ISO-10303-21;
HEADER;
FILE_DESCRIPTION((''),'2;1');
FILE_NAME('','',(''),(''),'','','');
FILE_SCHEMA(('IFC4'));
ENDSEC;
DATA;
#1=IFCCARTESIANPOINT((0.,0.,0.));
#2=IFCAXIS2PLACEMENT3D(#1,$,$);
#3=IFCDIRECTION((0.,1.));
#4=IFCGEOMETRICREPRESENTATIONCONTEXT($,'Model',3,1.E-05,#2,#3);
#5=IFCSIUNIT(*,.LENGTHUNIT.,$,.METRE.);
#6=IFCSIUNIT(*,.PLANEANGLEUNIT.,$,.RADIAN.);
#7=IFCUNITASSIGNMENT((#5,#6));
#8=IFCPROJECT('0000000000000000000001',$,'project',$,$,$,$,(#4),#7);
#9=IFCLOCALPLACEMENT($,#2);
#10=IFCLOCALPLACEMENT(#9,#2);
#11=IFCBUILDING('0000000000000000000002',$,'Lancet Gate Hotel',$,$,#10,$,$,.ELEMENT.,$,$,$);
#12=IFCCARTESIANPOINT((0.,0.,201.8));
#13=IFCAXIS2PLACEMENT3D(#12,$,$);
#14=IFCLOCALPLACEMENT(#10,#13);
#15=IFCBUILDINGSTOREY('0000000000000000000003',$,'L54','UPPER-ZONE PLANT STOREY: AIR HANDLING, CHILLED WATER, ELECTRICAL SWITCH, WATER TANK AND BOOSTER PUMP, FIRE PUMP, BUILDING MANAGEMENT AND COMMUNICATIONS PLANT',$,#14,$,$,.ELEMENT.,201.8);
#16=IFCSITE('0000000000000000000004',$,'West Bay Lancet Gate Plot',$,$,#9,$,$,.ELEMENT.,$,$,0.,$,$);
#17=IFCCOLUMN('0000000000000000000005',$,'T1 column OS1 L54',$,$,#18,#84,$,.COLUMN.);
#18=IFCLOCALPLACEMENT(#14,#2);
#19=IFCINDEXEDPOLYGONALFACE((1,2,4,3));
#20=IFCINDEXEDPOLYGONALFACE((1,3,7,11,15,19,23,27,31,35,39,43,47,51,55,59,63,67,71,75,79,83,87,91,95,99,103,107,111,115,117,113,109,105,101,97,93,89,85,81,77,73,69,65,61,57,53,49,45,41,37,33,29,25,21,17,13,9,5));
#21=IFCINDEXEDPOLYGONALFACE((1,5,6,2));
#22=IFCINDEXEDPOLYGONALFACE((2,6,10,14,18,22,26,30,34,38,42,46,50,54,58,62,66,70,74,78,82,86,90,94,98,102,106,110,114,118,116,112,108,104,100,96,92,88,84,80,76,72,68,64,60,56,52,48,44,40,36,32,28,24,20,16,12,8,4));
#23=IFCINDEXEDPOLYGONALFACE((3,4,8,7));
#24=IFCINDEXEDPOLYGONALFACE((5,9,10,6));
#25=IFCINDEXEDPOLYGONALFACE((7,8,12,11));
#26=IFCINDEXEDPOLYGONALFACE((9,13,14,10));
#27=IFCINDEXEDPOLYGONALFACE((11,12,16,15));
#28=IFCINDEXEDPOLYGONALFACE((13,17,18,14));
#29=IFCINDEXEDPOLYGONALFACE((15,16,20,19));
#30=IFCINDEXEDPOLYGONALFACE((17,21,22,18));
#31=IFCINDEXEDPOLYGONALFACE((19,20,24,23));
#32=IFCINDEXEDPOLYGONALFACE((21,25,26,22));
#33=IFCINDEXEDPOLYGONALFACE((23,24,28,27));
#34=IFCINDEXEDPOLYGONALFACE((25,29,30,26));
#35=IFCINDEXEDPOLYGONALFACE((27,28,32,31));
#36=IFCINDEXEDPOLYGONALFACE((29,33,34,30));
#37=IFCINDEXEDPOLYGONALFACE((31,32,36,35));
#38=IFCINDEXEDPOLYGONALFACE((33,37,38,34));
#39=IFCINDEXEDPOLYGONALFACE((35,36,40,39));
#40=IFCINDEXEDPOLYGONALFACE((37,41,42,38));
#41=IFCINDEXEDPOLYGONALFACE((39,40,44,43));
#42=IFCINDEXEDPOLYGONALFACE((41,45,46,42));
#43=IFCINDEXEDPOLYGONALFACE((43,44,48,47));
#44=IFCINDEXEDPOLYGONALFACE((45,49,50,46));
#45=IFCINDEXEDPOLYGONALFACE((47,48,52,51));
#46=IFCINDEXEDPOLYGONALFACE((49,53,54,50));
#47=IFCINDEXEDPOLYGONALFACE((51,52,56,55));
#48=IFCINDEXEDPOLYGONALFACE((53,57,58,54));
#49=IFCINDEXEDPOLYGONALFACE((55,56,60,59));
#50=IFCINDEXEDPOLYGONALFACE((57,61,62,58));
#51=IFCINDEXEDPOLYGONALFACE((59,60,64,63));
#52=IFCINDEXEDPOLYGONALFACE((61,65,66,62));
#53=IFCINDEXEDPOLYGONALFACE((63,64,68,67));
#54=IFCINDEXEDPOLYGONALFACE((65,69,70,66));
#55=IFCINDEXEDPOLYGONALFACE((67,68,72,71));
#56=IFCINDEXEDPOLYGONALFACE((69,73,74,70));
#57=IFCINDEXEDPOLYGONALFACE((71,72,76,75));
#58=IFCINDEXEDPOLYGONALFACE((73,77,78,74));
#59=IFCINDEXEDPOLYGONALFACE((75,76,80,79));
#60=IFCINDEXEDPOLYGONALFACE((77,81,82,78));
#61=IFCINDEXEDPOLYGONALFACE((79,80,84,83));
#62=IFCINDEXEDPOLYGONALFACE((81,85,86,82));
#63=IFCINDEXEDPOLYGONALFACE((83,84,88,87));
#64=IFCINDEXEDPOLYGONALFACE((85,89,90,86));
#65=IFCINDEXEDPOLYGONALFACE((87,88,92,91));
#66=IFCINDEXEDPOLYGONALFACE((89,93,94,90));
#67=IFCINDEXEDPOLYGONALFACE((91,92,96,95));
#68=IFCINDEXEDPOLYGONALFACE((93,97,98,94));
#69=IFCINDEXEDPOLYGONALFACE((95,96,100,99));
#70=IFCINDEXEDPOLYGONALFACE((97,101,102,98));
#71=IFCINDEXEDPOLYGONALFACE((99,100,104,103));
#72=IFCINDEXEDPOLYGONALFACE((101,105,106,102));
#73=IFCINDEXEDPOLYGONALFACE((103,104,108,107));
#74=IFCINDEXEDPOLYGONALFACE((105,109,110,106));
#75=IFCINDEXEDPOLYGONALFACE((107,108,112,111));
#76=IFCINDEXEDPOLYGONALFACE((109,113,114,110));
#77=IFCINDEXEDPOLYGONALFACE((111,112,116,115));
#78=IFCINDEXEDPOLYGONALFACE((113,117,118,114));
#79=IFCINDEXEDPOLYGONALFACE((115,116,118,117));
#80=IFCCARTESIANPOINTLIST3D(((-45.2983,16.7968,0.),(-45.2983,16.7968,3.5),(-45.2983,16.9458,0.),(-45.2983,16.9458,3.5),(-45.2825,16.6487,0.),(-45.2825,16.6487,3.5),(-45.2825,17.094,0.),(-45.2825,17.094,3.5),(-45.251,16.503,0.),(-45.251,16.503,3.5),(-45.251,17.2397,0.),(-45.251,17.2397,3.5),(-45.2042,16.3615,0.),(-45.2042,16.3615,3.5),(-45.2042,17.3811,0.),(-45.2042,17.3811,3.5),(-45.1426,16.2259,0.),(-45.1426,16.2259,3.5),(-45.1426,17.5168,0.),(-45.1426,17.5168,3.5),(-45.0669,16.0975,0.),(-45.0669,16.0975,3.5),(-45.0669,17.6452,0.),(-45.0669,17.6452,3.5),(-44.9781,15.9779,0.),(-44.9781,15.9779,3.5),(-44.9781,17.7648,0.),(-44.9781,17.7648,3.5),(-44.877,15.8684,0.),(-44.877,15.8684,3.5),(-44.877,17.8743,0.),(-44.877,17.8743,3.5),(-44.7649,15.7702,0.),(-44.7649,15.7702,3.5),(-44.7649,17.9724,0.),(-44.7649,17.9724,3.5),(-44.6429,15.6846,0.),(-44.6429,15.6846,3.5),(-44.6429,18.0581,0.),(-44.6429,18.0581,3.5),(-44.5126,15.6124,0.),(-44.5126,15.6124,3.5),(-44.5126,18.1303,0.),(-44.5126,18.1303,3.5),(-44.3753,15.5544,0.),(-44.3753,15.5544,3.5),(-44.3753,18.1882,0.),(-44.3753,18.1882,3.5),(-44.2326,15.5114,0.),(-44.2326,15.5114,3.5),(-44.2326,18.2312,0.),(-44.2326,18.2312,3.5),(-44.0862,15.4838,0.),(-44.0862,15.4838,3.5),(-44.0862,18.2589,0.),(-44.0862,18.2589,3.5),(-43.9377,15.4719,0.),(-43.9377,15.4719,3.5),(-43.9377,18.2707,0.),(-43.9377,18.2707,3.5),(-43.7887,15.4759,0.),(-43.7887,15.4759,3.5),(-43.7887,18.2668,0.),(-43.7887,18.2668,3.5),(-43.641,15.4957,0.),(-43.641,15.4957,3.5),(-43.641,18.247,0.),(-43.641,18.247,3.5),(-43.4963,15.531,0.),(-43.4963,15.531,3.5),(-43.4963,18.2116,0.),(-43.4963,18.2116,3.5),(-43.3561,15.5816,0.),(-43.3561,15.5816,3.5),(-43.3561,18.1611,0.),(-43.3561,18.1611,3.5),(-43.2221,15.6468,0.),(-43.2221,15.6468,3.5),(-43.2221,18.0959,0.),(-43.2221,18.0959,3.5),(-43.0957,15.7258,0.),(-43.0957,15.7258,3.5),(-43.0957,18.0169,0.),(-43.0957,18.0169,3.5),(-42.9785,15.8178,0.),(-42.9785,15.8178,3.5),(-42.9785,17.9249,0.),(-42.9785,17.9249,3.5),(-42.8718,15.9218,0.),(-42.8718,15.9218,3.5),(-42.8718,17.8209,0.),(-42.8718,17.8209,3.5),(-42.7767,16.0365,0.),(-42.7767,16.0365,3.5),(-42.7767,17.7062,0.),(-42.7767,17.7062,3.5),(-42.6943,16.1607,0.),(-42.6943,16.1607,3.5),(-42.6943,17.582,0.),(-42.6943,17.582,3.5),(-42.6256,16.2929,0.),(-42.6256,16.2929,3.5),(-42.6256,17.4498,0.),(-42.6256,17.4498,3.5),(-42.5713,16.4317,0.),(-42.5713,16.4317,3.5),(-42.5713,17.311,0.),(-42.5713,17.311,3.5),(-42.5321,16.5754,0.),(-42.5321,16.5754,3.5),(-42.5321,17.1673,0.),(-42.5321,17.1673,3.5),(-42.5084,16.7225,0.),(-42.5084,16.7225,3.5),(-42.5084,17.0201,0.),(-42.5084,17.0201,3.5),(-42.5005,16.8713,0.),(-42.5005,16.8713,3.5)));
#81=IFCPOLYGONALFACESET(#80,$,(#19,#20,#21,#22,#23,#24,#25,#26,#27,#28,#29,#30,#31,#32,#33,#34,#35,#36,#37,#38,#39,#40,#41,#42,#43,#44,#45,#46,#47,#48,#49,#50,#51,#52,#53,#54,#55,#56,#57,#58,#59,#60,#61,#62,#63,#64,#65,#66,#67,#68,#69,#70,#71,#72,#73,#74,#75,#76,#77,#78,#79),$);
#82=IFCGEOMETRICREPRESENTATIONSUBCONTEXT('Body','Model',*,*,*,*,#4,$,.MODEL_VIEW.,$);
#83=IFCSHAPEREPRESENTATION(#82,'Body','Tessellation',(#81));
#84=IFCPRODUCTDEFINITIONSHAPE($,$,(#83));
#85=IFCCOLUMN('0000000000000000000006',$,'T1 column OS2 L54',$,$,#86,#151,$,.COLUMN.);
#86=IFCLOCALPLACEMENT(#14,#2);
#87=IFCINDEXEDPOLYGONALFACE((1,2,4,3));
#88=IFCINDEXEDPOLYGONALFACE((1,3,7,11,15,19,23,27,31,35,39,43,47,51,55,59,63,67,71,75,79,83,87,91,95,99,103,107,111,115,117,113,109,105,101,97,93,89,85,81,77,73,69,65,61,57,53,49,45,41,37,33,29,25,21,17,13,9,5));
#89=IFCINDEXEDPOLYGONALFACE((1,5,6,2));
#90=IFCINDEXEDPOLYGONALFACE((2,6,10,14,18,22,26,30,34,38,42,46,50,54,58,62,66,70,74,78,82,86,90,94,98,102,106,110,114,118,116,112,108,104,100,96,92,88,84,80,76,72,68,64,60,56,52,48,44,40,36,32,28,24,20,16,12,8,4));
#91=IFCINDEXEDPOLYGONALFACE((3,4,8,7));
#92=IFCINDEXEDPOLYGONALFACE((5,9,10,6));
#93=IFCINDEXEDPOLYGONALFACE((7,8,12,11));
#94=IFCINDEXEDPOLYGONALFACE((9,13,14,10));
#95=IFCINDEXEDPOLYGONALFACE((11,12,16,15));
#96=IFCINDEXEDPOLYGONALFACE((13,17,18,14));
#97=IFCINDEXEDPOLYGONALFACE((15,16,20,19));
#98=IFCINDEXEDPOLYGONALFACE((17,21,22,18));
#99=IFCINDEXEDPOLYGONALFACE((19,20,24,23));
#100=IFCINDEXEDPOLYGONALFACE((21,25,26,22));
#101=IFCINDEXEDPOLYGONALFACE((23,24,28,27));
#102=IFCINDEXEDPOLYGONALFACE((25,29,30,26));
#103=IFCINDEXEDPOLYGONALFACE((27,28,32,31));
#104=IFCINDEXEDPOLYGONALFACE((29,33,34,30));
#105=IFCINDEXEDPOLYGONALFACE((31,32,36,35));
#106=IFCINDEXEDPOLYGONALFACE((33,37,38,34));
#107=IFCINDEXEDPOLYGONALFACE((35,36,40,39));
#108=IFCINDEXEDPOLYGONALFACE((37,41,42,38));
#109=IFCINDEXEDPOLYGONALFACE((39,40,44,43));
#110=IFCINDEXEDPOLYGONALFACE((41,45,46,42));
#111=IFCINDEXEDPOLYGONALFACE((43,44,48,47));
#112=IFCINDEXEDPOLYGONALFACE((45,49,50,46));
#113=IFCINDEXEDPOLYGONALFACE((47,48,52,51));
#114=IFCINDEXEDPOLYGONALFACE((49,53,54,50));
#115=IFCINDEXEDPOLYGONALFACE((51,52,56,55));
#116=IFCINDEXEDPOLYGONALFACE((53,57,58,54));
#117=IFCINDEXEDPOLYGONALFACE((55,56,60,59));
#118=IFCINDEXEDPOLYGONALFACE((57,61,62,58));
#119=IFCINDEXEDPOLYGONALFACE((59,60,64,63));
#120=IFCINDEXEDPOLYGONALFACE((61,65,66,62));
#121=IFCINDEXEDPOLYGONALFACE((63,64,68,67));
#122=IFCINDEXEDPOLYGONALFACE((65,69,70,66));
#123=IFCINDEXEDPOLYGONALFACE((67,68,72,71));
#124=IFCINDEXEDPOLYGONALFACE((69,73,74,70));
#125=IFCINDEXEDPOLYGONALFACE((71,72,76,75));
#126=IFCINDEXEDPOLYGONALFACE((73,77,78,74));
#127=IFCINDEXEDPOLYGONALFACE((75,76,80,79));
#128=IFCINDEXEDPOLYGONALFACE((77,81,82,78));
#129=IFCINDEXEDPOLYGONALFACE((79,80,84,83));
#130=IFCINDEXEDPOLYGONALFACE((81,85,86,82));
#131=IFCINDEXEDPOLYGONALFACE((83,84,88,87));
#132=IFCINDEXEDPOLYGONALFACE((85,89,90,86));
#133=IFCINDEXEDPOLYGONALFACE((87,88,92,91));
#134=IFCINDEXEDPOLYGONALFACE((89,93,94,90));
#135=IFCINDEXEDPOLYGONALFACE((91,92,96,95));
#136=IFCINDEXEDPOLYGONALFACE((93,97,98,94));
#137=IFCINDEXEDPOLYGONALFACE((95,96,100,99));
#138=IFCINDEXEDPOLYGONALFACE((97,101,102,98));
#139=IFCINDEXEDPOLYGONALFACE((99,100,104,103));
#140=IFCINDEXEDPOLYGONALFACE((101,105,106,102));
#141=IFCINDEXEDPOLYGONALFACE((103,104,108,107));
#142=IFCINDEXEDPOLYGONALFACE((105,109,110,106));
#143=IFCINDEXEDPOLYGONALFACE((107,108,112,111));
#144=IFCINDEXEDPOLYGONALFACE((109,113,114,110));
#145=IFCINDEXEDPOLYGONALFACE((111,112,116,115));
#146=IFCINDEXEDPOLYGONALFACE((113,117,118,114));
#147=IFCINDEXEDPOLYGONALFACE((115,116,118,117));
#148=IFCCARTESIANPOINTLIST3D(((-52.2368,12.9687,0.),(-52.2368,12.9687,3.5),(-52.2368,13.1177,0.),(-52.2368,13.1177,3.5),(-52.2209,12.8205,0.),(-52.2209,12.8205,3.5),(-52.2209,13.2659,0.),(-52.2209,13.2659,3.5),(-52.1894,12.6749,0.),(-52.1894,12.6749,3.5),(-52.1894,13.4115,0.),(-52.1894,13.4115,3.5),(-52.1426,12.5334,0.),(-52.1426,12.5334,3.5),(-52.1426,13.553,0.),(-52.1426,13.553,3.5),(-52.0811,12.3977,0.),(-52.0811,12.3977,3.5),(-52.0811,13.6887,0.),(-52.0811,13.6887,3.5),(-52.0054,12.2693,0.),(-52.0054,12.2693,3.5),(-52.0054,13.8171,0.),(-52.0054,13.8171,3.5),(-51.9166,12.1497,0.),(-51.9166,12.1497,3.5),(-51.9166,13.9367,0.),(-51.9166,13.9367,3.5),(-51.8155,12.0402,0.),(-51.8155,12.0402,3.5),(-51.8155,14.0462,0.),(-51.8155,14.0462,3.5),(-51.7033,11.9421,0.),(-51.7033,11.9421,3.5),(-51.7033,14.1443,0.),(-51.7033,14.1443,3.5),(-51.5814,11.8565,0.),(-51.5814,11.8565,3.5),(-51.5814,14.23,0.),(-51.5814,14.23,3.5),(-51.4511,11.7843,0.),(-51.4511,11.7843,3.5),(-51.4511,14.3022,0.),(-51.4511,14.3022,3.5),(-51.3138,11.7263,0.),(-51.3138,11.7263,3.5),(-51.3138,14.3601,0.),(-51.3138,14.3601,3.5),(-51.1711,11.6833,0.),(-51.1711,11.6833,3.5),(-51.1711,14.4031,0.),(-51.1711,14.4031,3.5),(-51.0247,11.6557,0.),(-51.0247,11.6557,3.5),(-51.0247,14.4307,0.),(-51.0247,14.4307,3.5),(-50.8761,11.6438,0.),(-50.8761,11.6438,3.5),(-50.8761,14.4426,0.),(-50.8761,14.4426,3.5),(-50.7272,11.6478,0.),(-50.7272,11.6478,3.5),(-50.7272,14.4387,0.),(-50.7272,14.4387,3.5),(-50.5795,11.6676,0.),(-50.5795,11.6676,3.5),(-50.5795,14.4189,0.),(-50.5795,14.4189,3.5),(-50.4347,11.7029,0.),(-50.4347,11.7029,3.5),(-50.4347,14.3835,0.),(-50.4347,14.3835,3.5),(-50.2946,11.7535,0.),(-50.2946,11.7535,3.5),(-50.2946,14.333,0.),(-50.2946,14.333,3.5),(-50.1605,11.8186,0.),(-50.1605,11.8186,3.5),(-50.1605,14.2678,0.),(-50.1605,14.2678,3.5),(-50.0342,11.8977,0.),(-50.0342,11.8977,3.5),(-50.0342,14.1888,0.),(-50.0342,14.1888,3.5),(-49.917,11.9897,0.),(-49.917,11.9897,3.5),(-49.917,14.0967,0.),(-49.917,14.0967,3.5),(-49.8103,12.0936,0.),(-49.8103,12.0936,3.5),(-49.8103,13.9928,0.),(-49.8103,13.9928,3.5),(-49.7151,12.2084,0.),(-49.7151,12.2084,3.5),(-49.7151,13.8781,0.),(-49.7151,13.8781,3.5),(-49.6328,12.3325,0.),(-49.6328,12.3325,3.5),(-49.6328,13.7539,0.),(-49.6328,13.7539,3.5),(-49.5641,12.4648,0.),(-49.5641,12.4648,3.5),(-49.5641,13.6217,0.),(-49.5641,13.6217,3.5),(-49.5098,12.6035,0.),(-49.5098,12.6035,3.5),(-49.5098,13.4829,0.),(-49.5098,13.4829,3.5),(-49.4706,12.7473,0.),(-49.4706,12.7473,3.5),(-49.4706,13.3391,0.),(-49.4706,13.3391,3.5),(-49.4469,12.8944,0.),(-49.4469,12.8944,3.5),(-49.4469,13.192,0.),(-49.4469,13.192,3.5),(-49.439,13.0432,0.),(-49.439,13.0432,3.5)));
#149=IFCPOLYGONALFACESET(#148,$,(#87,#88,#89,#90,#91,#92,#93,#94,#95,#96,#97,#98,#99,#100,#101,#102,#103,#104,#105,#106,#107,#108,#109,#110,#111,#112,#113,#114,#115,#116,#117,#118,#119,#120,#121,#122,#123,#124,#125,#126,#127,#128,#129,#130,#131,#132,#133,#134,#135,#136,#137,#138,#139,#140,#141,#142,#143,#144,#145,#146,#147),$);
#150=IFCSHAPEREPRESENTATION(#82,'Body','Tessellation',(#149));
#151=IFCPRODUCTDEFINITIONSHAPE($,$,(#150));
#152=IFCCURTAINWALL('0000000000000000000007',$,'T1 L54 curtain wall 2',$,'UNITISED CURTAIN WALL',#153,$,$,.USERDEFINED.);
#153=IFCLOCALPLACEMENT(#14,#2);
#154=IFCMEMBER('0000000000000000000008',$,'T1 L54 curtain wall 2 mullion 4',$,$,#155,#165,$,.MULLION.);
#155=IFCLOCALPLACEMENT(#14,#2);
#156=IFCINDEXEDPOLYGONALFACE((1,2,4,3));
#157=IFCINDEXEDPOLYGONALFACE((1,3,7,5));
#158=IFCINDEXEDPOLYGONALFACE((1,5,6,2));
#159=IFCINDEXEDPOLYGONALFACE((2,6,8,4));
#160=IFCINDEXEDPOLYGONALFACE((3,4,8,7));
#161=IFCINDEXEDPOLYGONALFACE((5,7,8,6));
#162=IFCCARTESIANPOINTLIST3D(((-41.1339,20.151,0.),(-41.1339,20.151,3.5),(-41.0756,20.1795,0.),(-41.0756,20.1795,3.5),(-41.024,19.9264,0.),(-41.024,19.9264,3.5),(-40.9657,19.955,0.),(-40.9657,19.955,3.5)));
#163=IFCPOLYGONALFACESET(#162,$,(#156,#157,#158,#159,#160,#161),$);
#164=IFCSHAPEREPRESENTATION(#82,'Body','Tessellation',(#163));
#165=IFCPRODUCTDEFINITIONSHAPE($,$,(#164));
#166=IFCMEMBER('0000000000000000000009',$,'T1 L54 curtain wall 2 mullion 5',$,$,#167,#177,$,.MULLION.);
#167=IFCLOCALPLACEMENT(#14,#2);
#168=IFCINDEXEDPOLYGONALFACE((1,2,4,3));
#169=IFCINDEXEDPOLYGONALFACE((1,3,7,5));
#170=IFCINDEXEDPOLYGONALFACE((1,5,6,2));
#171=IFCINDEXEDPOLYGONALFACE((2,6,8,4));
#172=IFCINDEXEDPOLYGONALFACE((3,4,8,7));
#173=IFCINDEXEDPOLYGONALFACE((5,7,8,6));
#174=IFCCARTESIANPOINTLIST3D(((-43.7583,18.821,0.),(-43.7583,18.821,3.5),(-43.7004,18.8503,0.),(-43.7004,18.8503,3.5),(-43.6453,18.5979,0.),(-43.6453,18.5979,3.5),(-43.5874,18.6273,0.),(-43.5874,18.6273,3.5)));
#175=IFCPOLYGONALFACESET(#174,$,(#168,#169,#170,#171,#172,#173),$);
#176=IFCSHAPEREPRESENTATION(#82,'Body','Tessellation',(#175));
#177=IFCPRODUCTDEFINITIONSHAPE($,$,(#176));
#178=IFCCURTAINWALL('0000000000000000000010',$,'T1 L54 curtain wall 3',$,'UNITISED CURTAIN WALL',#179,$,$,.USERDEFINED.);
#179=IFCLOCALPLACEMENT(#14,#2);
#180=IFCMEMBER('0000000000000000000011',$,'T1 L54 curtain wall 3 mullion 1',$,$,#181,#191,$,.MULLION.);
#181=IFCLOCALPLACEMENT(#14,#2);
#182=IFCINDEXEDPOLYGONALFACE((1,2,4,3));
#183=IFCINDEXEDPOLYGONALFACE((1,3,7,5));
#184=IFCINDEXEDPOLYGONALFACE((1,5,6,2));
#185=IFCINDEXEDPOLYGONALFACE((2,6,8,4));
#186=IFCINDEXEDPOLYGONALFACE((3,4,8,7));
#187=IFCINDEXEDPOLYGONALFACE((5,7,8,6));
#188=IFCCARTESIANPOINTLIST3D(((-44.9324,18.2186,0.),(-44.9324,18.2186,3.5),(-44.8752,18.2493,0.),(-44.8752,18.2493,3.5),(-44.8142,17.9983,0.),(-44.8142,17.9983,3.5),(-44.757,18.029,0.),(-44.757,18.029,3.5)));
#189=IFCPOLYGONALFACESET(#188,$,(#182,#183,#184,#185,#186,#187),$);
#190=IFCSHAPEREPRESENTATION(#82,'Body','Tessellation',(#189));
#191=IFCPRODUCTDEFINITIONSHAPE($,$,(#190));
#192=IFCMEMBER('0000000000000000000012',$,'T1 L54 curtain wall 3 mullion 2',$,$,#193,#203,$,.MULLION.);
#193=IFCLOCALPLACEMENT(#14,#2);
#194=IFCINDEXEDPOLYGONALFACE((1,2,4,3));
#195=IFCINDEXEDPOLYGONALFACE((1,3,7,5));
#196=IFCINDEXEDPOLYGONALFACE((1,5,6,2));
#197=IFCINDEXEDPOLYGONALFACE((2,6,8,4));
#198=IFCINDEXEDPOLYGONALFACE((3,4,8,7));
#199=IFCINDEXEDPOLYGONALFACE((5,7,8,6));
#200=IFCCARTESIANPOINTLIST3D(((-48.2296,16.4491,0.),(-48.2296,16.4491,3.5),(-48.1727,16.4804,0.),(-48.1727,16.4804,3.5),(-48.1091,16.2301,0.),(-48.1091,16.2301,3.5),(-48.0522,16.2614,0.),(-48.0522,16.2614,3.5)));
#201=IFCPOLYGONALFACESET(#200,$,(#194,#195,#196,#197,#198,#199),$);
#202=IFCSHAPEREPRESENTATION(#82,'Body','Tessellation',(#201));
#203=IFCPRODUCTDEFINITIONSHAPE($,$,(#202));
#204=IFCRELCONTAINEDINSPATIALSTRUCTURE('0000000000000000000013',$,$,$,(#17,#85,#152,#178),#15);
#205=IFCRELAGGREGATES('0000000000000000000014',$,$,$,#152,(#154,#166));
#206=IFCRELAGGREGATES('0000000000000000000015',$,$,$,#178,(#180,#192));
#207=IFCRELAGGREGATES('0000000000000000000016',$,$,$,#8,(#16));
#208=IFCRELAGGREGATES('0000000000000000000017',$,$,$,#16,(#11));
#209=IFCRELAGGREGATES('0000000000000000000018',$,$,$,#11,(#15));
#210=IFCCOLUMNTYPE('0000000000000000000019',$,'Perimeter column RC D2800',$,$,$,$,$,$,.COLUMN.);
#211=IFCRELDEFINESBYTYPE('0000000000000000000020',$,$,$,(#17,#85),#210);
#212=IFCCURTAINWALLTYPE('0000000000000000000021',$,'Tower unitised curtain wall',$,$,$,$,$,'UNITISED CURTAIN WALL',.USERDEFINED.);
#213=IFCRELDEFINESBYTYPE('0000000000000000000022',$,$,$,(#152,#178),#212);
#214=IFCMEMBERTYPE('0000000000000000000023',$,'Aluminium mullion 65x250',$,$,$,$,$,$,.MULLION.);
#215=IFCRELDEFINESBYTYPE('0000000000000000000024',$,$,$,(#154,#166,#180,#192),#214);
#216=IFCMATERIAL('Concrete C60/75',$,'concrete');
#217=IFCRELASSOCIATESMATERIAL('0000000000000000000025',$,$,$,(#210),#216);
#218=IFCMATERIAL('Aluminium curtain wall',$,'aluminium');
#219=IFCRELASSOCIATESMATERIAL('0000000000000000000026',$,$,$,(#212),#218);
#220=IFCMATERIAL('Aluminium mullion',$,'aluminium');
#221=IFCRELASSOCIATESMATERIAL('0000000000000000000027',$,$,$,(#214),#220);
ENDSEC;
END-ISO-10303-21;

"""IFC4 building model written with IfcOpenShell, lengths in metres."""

from ifc_helpers import new_model, si_unit, direction, frame, origin, origin_2d, place, context, subcontext, project, spatial, rectangle, circle, extrude, material, material_profile, profile_set, type_object, element, aggregate, save


model = new_model("IFC4")

# Units and contexts
model_context = context("Model", 3, precision=1e-05, world=origin(), true_north=direction((0.0, 1.0)))
body_context = subcontext(model_context, "Body", "Model", "MODEL_VIEW")
ifc_project = project(units=[si_unit("LENGTHUNIT", "METRE"), si_unit("PLANEANGLEUNIT", "RADIAN")], contexts=[model_context])

# Site, building, storey
site_placement = place(None, origin())
site = spatial("IfcSite", under=ifc_project, at=site_placement, Name="West Bay Lancet Gate Plot", CompositionType="ELEMENT", RefElevation=0.0)
building_placement = place(site_placement, origin())
building = spatial("IfcBuilding", under=site, at=building_placement, Name="Lancet Gate Hotel", CompositionType="ELEMENT")
storey_placement = place(building_placement, frame((0.0, 0.0, 201.8)))
storey = spatial("IfcBuildingStorey", under=building, at=storey_placement, Name="L54", Description="UPPER-ZONE PLANT STOREY: AIR HANDLING, CHILLED WATER, ELECTRICAL SWITCH, WATER TANK AND BOOSTER PUMP, FIRE PUMP, BUILDING MANAGEMENT AND COMMUNICATIONS PLANT", CompositionType="ELEMENT", Elevation=201.8)

# Columns
ifc_material_1 = material(Name="Concrete C60/75", Category="concrete")
ifc_material_profile_1 = material_profile(ifc_material_1, circle(Radius=1.3999, at=origin_2d()), Name="RC D2800")
ifc_profile_set_1 = profile_set([ifc_material_profile_1], Name="Concrete C60/75")
column_type = type_object("IfcColumnType", Name="Perimeter column RC D2800", PredefinedType="COLUMN", material=ifc_profile_set_1)
for number, where, z_axis, x_axis, name in (
    (1, (-43.9004, 16.8713, 0.0), (0.0, 0.0, 1.0), (1.0, 0.0, 0.0), "T1 column OS1 L54"),
    (2, (-50.8389, 13.0432, 0.0), (0.0, 0.0, 1.0), (1.0, 0.0, 0.0), "T1 column OS2 L54"),
):
    element("IfcColumn", number, at=place(storey_placement, frame(where, z_axis=z_axis, x_axis=x_axis)), inside=storey, type_object=column_type, Name=name, PredefinedType="COLUMN", context=body_context, shape_type="SweptSolid", body=[
        extrude(circle(Radius=1.3999, at=origin_2d()), origin(), (0.0, 0.0, 1.0), 3.5),
    ])

# Curtain walls, members
ifc_material_2 = material(Name="Aluminium curtain wall", Category="aluminium")
curtain_wall_type = type_object("IfcCurtainWallType", Name="Tower unitised curtain wall", ElementType="UNITISED CURTAIN WALL", PredefinedType="USERDEFINED", material=ifc_material_2)
curtain_wall_1_placement = place(storey_placement, origin())
curtain_wall_1 = element("IfcCurtainWall", 3, at=curtain_wall_1_placement, inside=storey, type_object=curtain_wall_type, Name="T1 L54 curtain wall 2", ObjectType="UNITISED CURTAIN WALL", PredefinedType="USERDEFINED")
ifc_material_3 = material(Name="Aluminium mullion", Category="aluminium")
ifc_material_profile_2 = material_profile(ifc_material_3, rectangle(XDim=0.0649, YDim=0.25, at=origin_2d()), Name="MULLION 65x250")
ifc_profile_set_2 = profile_set([ifc_material_profile_2], Name="Aluminium mullion")
member_type_1 = type_object("IfcMemberType", Name="Aluminium mullion 65x250", PredefinedType="MULLION", material=ifc_profile_set_2)
member_1_placement = place(storey_placement, frame((-41.0498, 20.053, 0.0), z_axis=(0.0, 0.0, 1.0), x_axis=(-0.898115, -0.439761, 0.0)))
member_1 = element("IfcMember", 4, at=member_1_placement, type_object=member_type_1, Name="T1 L54 curtain wall 2 mullion 4", PredefinedType="MULLION", context=body_context, shape_type="SweptSolid", body=[
    extrude(rectangle(XDim=0.0649, YDim=0.25, at=origin_2d()), origin(), (0.0, 0.0, 1.0), 3.5),
])
member_2_placement = place(storey_placement, frame((-43.6729, 18.7241, 0.0), z_axis=(0.0, 0.0, 1.0), x_axis=(-0.892071, -0.451895, 0.0)))
member_2 = element("IfcMember", 5, at=member_2_placement, type_object=member_type_1, Name="T1 L54 curtain wall 2 mullion 5", PredefinedType="MULLION", context=body_context, shape_type="SweptSolid", body=[
    extrude(rectangle(XDim=0.0649, YDim=0.25, at=origin_2d()), origin(), (0.0, 0.0, 1.0), 3.5),
])
curtain_wall_2_placement = place(storey_placement, origin())
curtain_wall_2 = element("IfcCurtainWall", 6, at=curtain_wall_2_placement, inside=storey, type_object=curtain_wall_type, Name="T1 L54 curtain wall 3", ObjectType="UNITISED CURTAIN WALL", PredefinedType="USERDEFINED")
member_3_placement = place(storey_placement, frame((-44.8447, 18.1238, 0.0), z_axis=(0.0, 0.0, 1.0), x_axis=(-0.881195, -0.472753, 0.0)))
member_3 = element("IfcMember", 7, at=member_3_placement, type_object=member_type_1, Name="T1 L54 curtain wall 3 mullion 1", PredefinedType="MULLION", context=body_context, shape_type="SweptSolid", body=[
    extrude(rectangle(XDim=0.0649, YDim=0.25, at=origin_2d()), origin(), (0.0, 0.0, 1.0), 3.5),
])
member_4_placement = place(storey_placement, frame((-48.1409, 16.3552, 0.0), z_axis=(0.0, 0.0, 1.0), x_axis=(-0.876173, -0.481997, 0.0)))
member_4 = element("IfcMember", 8, at=member_4_placement, type_object=member_type_1, Name="T1 L54 curtain wall 3 mullion 2", PredefinedType="MULLION", context=body_context, shape_type="SweptSolid", body=[
    extrude(rectangle(XDim=0.0649, YDim=0.25, at=origin_2d()), origin(), (0.0, 0.0, 1.0), 3.5),
])

aggregate(curtain_wall_1, [member_1, member_2])
aggregate(curtain_wall_2, [member_3, member_4])

save(model, "model.ifc")
